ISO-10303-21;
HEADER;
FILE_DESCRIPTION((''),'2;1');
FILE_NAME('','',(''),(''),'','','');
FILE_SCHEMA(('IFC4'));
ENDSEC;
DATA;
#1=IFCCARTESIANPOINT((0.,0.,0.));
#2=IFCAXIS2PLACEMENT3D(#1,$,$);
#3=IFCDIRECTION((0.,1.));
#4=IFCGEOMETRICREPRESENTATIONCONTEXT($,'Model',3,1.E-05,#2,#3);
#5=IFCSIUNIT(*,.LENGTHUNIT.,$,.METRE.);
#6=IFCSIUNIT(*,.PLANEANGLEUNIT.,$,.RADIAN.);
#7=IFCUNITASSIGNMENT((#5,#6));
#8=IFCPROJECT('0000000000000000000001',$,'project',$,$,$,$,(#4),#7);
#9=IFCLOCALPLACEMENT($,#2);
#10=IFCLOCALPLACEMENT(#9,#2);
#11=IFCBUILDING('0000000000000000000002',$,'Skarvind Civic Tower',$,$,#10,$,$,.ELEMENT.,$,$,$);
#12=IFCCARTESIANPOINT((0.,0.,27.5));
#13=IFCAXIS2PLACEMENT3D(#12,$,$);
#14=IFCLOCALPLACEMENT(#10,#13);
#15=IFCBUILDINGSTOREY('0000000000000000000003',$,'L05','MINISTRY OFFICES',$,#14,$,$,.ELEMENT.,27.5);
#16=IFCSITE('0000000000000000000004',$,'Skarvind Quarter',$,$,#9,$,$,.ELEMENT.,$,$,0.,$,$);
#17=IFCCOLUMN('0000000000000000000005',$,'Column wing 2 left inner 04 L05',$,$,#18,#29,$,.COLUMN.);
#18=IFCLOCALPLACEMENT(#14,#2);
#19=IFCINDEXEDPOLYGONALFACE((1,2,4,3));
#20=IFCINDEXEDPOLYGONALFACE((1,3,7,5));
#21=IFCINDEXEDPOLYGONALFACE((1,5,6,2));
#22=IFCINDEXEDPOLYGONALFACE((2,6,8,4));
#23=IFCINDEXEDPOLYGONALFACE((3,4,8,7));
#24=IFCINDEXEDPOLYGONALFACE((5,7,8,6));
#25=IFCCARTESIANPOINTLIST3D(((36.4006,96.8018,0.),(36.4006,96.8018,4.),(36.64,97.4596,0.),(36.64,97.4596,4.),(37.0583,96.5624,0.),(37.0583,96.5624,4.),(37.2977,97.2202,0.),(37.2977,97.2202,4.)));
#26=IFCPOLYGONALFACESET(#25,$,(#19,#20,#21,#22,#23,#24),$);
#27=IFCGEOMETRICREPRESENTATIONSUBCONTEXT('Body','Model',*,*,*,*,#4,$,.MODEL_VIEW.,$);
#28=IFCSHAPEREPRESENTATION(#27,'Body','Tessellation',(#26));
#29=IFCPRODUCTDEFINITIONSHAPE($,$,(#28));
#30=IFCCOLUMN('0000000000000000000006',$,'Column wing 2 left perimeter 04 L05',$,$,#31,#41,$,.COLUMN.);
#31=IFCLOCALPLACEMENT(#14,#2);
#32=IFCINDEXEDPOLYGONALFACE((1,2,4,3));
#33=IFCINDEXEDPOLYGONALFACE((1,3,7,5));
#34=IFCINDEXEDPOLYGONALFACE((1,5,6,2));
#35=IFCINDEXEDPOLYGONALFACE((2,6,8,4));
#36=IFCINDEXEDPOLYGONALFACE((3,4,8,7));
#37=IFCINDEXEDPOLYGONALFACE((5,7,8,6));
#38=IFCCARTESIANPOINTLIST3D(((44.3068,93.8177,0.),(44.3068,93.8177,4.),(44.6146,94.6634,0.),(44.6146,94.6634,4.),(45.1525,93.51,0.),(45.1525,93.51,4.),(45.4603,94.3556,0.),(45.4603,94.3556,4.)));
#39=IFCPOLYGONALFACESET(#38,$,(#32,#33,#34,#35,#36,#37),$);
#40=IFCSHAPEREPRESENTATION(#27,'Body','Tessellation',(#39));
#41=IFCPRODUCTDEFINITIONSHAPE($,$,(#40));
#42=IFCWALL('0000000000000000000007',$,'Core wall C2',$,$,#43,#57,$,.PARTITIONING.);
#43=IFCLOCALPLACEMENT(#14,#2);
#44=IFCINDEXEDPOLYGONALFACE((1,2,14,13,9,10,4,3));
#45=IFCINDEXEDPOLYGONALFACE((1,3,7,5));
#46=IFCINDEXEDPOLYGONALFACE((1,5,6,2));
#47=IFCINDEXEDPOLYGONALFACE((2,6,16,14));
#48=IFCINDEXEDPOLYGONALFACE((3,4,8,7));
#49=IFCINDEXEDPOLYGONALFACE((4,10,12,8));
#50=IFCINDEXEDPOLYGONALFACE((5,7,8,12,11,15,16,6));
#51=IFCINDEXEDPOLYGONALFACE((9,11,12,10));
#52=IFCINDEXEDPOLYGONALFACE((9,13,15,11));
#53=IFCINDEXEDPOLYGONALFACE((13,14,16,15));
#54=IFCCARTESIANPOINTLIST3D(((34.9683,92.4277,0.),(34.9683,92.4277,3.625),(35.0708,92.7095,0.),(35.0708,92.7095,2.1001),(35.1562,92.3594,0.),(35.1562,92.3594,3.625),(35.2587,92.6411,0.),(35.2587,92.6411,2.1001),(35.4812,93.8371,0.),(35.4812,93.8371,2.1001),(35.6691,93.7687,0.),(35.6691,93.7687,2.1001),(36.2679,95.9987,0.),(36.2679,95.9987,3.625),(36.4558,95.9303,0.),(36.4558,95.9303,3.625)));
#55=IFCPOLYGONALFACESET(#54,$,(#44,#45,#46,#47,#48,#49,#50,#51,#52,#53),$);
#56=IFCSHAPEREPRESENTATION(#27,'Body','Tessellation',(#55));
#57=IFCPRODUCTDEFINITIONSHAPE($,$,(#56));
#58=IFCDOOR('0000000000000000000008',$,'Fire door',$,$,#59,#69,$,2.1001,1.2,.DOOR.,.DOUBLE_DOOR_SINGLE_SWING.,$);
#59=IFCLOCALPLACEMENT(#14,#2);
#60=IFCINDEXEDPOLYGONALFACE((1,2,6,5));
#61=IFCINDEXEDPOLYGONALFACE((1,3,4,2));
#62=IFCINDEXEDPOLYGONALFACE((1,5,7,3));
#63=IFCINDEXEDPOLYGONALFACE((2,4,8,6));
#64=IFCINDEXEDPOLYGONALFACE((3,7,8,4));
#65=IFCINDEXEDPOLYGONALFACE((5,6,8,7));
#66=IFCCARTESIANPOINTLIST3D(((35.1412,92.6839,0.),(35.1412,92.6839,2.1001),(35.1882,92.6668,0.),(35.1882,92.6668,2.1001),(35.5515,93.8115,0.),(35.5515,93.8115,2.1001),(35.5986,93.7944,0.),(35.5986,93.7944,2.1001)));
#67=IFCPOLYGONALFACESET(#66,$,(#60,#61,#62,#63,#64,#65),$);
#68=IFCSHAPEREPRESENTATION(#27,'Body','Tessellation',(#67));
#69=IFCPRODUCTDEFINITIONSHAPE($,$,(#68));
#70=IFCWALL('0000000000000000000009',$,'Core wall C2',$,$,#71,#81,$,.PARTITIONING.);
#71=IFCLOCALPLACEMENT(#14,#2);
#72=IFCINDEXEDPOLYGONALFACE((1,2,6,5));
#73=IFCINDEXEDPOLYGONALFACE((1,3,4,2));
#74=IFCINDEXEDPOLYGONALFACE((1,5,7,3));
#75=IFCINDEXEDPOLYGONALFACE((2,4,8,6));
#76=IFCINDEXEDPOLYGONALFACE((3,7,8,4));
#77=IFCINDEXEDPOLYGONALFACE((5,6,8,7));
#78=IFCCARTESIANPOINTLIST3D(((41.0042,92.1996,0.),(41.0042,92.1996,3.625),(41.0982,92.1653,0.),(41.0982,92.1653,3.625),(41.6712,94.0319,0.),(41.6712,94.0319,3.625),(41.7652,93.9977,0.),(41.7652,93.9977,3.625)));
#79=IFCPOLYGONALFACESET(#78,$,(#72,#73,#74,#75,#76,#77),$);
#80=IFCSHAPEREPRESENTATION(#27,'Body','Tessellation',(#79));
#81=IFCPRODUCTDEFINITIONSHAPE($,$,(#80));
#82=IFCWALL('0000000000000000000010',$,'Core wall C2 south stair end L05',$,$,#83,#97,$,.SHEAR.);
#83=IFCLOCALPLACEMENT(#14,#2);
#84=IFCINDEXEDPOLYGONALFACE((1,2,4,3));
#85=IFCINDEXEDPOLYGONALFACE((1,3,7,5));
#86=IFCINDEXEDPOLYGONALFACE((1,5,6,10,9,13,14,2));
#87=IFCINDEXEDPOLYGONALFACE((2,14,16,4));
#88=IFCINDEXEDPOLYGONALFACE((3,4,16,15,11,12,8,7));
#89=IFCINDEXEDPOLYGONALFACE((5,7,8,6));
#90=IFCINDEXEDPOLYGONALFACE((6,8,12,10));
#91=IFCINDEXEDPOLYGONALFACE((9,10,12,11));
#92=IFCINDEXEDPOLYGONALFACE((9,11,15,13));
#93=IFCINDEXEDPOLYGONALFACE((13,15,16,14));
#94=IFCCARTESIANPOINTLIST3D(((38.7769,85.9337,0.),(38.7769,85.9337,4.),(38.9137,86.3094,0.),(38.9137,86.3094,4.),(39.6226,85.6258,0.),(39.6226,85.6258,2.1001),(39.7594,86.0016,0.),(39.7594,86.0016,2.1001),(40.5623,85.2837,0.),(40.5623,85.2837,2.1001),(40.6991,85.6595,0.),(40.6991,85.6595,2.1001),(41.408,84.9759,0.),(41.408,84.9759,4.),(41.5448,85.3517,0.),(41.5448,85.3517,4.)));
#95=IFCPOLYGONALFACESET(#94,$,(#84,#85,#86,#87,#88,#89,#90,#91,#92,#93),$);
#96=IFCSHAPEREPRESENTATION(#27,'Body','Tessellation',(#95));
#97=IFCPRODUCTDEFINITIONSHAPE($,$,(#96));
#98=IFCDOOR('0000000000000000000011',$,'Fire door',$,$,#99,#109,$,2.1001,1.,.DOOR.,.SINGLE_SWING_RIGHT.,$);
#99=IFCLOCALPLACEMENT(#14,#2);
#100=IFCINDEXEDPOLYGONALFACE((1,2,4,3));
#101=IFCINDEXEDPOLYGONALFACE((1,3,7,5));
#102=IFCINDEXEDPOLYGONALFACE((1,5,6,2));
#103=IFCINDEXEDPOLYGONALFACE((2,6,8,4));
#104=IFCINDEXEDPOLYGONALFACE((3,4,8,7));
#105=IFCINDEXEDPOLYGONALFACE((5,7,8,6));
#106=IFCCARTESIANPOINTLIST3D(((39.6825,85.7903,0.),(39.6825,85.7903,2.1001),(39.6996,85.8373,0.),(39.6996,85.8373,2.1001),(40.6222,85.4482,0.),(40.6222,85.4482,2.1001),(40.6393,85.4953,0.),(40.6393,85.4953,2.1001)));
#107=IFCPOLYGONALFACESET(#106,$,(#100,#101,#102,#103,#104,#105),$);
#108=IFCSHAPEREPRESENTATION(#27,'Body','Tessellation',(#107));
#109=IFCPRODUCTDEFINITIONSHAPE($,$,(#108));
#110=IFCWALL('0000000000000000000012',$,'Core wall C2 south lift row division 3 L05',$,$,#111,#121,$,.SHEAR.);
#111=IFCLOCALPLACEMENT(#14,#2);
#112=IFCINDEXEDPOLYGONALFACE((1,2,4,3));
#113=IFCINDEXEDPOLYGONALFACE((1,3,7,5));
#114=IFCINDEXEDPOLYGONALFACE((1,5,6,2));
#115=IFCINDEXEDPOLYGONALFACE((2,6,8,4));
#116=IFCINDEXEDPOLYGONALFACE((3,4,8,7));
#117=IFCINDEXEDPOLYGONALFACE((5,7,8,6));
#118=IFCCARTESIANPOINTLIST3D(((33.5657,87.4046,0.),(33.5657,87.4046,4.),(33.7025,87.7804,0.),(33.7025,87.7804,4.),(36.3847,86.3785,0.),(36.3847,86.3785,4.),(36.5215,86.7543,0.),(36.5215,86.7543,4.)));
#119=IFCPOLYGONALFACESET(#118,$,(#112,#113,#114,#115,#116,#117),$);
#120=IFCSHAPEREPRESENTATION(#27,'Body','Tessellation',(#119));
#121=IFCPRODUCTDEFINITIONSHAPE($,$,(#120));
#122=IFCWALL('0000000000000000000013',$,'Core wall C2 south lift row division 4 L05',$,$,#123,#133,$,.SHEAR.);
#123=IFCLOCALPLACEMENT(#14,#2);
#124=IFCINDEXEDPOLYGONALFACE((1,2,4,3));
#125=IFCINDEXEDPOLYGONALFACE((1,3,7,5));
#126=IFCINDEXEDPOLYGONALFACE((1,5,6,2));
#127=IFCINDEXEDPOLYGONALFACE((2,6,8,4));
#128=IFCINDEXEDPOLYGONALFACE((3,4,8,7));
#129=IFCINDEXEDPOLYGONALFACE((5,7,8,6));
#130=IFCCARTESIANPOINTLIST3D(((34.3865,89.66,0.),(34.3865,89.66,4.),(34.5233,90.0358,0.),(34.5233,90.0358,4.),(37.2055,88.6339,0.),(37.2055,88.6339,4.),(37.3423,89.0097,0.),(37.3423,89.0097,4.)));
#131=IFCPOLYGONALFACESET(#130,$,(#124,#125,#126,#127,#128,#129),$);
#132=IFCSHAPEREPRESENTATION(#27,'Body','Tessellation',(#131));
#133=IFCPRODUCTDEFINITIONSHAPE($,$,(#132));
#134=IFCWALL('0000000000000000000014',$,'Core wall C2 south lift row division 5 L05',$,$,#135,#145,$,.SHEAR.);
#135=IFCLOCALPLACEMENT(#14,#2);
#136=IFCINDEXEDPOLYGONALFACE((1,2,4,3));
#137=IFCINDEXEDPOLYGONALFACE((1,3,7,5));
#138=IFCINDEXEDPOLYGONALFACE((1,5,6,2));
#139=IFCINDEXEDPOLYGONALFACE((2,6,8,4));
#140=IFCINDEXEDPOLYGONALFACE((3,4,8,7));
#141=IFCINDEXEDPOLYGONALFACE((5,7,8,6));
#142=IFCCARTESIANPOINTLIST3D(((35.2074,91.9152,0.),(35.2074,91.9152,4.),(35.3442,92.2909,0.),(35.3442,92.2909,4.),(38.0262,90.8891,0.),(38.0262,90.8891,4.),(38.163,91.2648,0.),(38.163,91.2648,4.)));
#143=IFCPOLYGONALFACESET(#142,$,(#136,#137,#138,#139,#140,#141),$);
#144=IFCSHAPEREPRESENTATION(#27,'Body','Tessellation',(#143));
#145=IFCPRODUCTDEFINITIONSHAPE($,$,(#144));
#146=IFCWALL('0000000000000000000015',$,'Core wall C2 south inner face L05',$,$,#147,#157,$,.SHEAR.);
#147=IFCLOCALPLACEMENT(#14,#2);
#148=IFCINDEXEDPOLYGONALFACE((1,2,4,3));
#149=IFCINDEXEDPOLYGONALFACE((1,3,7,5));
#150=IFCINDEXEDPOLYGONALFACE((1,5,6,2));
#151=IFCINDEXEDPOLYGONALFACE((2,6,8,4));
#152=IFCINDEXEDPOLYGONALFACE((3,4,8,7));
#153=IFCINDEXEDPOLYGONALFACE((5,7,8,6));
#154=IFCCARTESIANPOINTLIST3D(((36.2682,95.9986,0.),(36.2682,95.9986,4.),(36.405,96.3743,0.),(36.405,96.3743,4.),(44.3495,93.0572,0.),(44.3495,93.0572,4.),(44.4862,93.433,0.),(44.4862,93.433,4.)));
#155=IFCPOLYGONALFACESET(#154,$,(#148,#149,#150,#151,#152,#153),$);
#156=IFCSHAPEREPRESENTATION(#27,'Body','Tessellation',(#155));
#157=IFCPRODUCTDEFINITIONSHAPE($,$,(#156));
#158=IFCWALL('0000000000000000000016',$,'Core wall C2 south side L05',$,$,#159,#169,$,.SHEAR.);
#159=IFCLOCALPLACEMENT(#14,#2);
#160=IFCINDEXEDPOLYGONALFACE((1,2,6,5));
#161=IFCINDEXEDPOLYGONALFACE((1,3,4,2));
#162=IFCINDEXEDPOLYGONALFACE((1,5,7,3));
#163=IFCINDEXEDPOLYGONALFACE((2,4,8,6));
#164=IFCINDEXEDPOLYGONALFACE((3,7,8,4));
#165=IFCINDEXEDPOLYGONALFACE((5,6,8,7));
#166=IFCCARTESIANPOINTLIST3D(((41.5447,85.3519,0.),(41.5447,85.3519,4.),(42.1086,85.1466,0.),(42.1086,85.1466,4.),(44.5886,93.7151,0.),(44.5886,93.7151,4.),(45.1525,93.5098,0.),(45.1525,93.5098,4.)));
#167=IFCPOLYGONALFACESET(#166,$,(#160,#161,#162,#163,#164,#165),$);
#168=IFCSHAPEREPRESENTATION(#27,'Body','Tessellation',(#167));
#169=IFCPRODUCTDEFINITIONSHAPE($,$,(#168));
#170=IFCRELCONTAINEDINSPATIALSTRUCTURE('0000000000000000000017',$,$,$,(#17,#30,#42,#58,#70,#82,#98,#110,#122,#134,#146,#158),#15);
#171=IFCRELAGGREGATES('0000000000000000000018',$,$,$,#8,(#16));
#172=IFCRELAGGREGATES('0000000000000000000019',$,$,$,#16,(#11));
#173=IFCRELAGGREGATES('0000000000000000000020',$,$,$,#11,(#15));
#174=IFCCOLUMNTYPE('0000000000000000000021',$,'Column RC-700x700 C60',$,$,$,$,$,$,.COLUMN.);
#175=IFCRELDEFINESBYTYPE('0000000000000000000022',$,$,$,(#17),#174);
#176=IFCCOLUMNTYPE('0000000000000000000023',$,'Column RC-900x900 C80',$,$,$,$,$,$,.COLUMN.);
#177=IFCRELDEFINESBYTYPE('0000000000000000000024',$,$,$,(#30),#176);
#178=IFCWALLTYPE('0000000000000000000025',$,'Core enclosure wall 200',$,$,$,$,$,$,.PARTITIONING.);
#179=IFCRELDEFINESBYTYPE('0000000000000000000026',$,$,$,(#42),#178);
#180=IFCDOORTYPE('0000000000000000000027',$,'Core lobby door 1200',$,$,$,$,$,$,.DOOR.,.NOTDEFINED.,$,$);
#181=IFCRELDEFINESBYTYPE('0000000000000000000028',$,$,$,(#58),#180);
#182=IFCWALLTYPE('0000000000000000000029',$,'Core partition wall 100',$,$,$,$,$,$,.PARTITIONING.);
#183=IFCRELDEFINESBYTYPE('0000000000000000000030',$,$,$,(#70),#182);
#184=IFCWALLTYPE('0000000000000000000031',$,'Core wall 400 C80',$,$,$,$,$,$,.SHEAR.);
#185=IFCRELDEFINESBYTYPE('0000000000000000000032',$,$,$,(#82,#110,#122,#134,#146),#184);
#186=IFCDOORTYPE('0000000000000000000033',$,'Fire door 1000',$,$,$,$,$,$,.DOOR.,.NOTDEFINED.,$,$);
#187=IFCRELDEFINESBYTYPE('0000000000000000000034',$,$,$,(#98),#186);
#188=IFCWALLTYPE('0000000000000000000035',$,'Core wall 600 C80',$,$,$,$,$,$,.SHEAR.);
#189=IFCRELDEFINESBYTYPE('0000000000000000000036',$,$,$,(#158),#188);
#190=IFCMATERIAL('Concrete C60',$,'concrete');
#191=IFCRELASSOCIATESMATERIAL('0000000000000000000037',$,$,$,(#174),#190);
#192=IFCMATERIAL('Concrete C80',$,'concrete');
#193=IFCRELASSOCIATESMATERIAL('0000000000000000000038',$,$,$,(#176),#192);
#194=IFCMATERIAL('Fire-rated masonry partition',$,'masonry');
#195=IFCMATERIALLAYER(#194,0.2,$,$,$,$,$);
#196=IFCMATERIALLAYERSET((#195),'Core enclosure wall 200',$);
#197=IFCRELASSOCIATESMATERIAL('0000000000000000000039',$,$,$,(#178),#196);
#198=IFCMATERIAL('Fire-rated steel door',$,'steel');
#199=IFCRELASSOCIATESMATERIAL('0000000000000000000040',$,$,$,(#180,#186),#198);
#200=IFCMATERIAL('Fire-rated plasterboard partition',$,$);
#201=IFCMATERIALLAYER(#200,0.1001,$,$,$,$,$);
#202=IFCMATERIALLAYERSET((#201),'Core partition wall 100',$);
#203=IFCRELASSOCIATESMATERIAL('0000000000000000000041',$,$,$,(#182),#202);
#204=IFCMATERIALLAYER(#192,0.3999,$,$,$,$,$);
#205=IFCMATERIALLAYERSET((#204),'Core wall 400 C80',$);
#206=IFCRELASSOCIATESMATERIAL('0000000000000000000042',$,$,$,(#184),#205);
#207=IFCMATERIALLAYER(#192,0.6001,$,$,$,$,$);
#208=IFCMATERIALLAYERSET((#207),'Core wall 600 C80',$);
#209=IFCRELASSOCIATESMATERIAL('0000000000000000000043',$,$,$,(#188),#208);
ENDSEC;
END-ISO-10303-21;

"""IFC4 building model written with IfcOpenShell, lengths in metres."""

from ifc_helpers import new_model, si_unit, direction, frame, frame_2d, origin, origin_2d, place, context, subcontext, project, spatial, rectangle, extrude, material, layer, layer_set, material_profile, profile_set, type_object, element, fill, save


model = new_model("IFC4")

# Units and contexts
model_context = context("Model", 3, precision=1e-05, world=origin(), true_north=direction((0.0, 1.0)))
body_context = subcontext(model_context, "Body", "Model", "MODEL_VIEW")
ifc_project = project(units=[si_unit("LENGTHUNIT", "METRE"), si_unit("PLANEANGLEUNIT", "RADIAN")], contexts=[model_context])

# Site, building, storey
site_placement = place(None, origin())
site = spatial("IfcSite", under=ifc_project, at=site_placement, Name="Skarvind Quarter", CompositionType="ELEMENT", RefElevation=0.0)
building_placement = place(site_placement, origin())
building = spatial("IfcBuilding", under=site, at=building_placement, Name="Skarvind Civic Tower", CompositionType="ELEMENT")
storey_placement = place(building_placement, frame((0.0, 0.0, 27.5)))
storey = spatial("IfcBuildingStorey", under=building, at=storey_placement, Name="L05", Description="MINISTRY OFFICES", CompositionType="ELEMENT", Elevation=27.5)

# Columns
ifc_material_1 = material(Name="Concrete C60", Category="concrete")
ifc_material_profile_1 = material_profile(ifc_material_1, rectangle(XDim=0.7, YDim=0.7, at=origin_2d()), Name="RC-700x700")
ifc_profile_set_1 = profile_set([ifc_material_profile_1], Name="Concrete C60")
column_type_1 = type_object("IfcColumnType", Name="Column RC-700x700 C60", PredefinedType="COLUMN", material=ifc_profile_set_1)
column_1_placement = place(storey_placement, frame((36.8491, 97.011, 0.0), z_axis=(0.0, 0.0, 1.0), x_axis=(-0.34202, -0.939693, 0.0)))
element("IfcColumn", 1, at=column_1_placement, inside=storey, type_object=column_type_1, Name="Column wing 2 left inner 04 L05", PredefinedType="COLUMN", context=body_context, shape_type="SweptSolid", body=[
    extrude(rectangle(XDim=0.7, YDim=0.7, at=origin_2d()), origin(), (0.0, 0.0, 1.0), 4.0),
])
ifc_material_2 = material(Name="Concrete C80", Category="concrete")
ifc_material_profile_2 = material_profile(ifc_material_2, rectangle(XDim=0.8999, YDim=0.8999, at=origin_2d()), Name="RC-900x900")
ifc_profile_set_2 = profile_set([ifc_material_profile_2], Name="Concrete C80")
column_type_2 = type_object("IfcColumnType", Name="Column RC-900x900 C80", PredefinedType="COLUMN", material=ifc_profile_set_2)
column_2_placement = place(storey_placement, frame((44.8835, 94.0867, 0.0), z_axis=(0.0, 0.0, 1.0), x_axis=(-0.34202, -0.939693, 0.0)))
element("IfcColumn", 2, at=column_2_placement, inside=storey, type_object=column_type_2, Name="Column wing 2 left perimeter 04 L05", PredefinedType="COLUMN", context=body_context, shape_type="SweptSolid", body=[
    extrude(rectangle(XDim=0.8999, YDim=0.8999, at=origin_2d()), origin(), (0.0, 0.0, 1.0), 4.0),
])

# Wall, opening, door
ifc_material_3 = material(Name="Fire-rated masonry partition", Category="masonry")
ifc_layer_1 = layer(ifc_material_3, 0.2)
ifc_layer_set_1 = layer_set([ifc_layer_1], Name="Core enclosure wall 200")
wall_type_1 = type_object("IfcWallType", Name="Core enclosure wall 200", PredefinedType="PARTITIONING", material=ifc_layer_set_1)
wall_1_placement = place(storey_placement, frame((36.3618, 95.9644, 0.0), z_axis=(0.0, 0.0, 1.0), x_axis=(-0.341996, -0.939701, 0.0)))
wall_1 = element("IfcWall", 3, at=wall_1_placement, inside=storey, type_object=wall_type_1, Name="Core wall C2", PredefinedType="PARTITIONING", context=body_context, shape_type="SweptSolid", body=[
    extrude(rectangle(XDim=3.8, YDim=0.2, at=frame_2d((1.8999, 0.0))), origin(), (0.0, 0.0, 1.0), 3.625),
])
opening_1_placement = place(wall_1_placement, frame((2.3, 0.0, 0.0)))
opening_1 = element("IfcOpeningElement", 4, at=opening_1_placement, cuts=wall_1, PredefinedType="OPENING", context=body_context, shape_type="SweptSolid", body=[
    extrude(rectangle(XDim=1.2, YDim=2.1001, at=frame_2d((0.6001, 1.05))), frame((0.0, 0.1099, 0.0), z_axis=(0.0, -1.0, 0.0), x_axis=(1.0, 0.0, 0.0)), (0.0, 0.0, 1.0), 0.22),
])
ifc_material_4 = material(Name="Fire-rated steel door", Category="steel")
door_type_1 = type_object("IfcDoorType", Name="Core lobby door 1200", OperationType="NOTDEFINED", PredefinedType="DOOR", material=ifc_material_4)
door_1_placement = place(opening_1_placement, origin())
door_1 = element("IfcDoor", 5, at=door_1_placement, inside=storey, type_object=door_type_1, Name="Fire door", OperationType="DOUBLE_DOOR_SINGLE_SWING", OverallHeight=2.1001, OverallWidth=1.2, PredefinedType="DOOR", context=body_context, shape_type="SweptSolid", body=[
    extrude(rectangle(XDim=1.2, YDim=2.1001, at=frame_2d((0.6001, 1.05))), frame((0.0, 0.0249, 0.0), z_axis=(0.0, -1.0, 0.0), x_axis=(1.0, 0.0, 0.0)), (0.0, 0.0, 1.0), 0.05),
])
fill(opening_1, door_1)

# Wall
ifc_material_5 = material(Name="Fire-rated plasterboard partition")
ifc_layer_2 = layer(ifc_material_5, 0.1001)
ifc_layer_set_2 = layer_set([ifc_layer_2], Name="Core partition wall 100")
wall_type_2 = type_object("IfcWallType", Name="Core partition wall 100", PredefinedType="PARTITIONING", material=ifc_layer_set_2)
wall_2_placement = place(storey_placement, frame((41.7183, 94.0149, 0.0), z_axis=(0.0, 0.0, 1.0), x_axis=(-0.342065, -0.939676, 0.0)))
element("IfcWall", 6, at=wall_2_placement, inside=storey, type_object=wall_type_2, Name="Core wall C2", PredefinedType="PARTITIONING", context=body_context, shape_type="SweptSolid", body=[
    extrude(rectangle(XDim=1.95, YDim=0.1001, at=frame_2d((0.9751, 0.0))), origin(), (0.0, 0.0, 1.0), 3.625),
])

# Wall, opening, door
ifc_layer_3 = layer(ifc_material_2, 0.3999)
ifc_layer_set_3 = layer_set([ifc_layer_3], Name="Core wall 400 C80")
wall_type_3 = type_object("IfcWallType", Name="Core wall 400 C80", PredefinedType="SHEAR", material=ifc_layer_set_3)
wall_3_placement = place(storey_placement, frame((41.4763, 85.1638, 0.0), z_axis=(0.0, 0.0, 1.0), x_axis=(-0.939679, 0.342058, 0.0)))
wall_3 = element("IfcWall", 7, at=wall_3_placement, inside=storey, type_object=wall_type_3, Name="Core wall C2 south stair end L05", PredefinedType="SHEAR", context=body_context, shape_type="SweptSolid", body=[
    extrude(rectangle(XDim=2.8, YDim=0.3999, at=frame_2d((1.3999, 0.0))), origin(), (0.0, 0.0, 1.0), 4.0),
])
opening_2_placement = place(wall_3_placement, frame((0.8999, 0.0, 0.0)))
opening_2 = element("IfcOpeningElement", 8, at=opening_2_placement, cuts=wall_3, PredefinedType="OPENING", context=body_context, shape_type="SweptSolid", body=[
    extrude(rectangle(XDim=1.0, YDim=2.1001, at=frame_2d((0.5, 1.05))), frame((0.0, 0.21, 0.0), z_axis=(0.0, -1.0, 0.0), x_axis=(1.0, 0.0, 0.0)), (0.0, 0.0, 1.0), 0.4199),
])
door_type_2 = type_object("IfcDoorType", Name="Fire door 1000", OperationType="NOTDEFINED", PredefinedType="DOOR", material=ifc_material_4)
door_2_placement = place(opening_2_placement, origin())
door_2 = element("IfcDoor", 9, at=door_2_placement, inside=storey, type_object=door_type_2, Name="Fire door", OperationType="SINGLE_SWING_RIGHT", OverallHeight=2.1001, OverallWidth=1.0, PredefinedType="DOOR", context=body_context, shape_type="SweptSolid", body=[
    extrude(rectangle(XDim=1.0, YDim=2.1001, at=frame_2d((0.5, 1.05))), frame((0.0, 0.0249, 0.0), z_axis=(0.0, -1.0, 0.0), x_axis=(1.0, 0.0, 0.0)), (0.0, 0.0, 1.0), 0.05),
])
fill(opening_2, door_2)

# Walls
for number, where, z_axis, x_axis, name in (
    (10, (36.4531, 86.5664, 0.0), (0.0, 0.0, 1.0), (-0.939686, 0.342037, 0.0), "Core wall C2 south lift row division 3 L05"),
    (11, (37.2739, 88.8218, 0.0), (0.0, 0.0, 1.0), (-0.939686, 0.342037, 0.0), "Core wall C2 south lift row division 4 L05"),
):
    element("IfcWall", number, at=place(storey_placement, frame(where, z_axis=z_axis, x_axis=x_axis)), inside=storey, type_object=wall_type_3, Name=name, PredefinedType="SHEAR", context=body_context, shape_type="SweptSolid", body=[
        extrude(rectangle(XDim=3.0, YDim=0.3999, at=frame_2d((1.5, 0.0))), origin(), (0.0, 0.0, 1.0), 4.0),
    ])
wall_4_placement = place(storey_placement, frame((38.0947, 91.0769, 0.0), z_axis=(0.0, 0.0, 1.0), x_axis=(-0.939677, 0.342063, 0.0)))
element("IfcWall", 12, at=wall_4_placement, inside=storey, type_object=wall_type_3, Name="Core wall C2 south lift row division 5 L05", PredefinedType="SHEAR", context=body_context, shape_type="SweptSolid", body=[
    extrude(rectangle(XDim=2.9998, YDim=0.3999, at=frame_2d((1.5, 0.0))), origin(), (0.0, 0.0, 1.0), 4.0),
])
wall_5_placement = place(storey_placement, frame((44.4177, 93.2451, 0.0), z_axis=(0.0, 0.0, 1.0), x_axis=(-0.939691, 0.342026, 0.0)))
element("IfcWall", 13, at=wall_5_placement, inside=storey, type_object=wall_type_3, Name="Core wall C2 south inner face L05", PredefinedType="SHEAR", context=body_context, shape_type="SweptSolid", body=[
    extrude(rectangle(XDim=8.5999, YDim=0.3999, at=frame_2d((4.2998, 0.0))), origin(), (0.0, 0.0, 1.0), 4.0),
])
ifc_layer_4 = layer(ifc_material_2, 0.6001)
ifc_layer_set_4 = layer_set([ifc_layer_4], Name="Core wall 600 C80")
wall_type_4 = type_object("IfcWallType", Name="Core wall 600 C80", PredefinedType="SHEAR", material=ifc_layer_set_4)
wall_6_placement = place(storey_placement, frame((41.8267, 85.2493, 0.0), z_axis=(0.0, 0.0, 1.0), x_axis=(0.342016, 0.939694, 0.0)))
element("IfcWall", 14, at=wall_6_placement, inside=storey, type_object=wall_type_4, Name="Core wall C2 south side L05", PredefinedType="SHEAR", context=body_context, shape_type="SweptSolid", body=[
    extrude(rectangle(XDim=8.8999, YDim=0.6001, at=frame_2d((4.45, 0.0))), origin(), (0.0, 0.0, 1.0), 4.0),
])

save(model, "model.ifc")
